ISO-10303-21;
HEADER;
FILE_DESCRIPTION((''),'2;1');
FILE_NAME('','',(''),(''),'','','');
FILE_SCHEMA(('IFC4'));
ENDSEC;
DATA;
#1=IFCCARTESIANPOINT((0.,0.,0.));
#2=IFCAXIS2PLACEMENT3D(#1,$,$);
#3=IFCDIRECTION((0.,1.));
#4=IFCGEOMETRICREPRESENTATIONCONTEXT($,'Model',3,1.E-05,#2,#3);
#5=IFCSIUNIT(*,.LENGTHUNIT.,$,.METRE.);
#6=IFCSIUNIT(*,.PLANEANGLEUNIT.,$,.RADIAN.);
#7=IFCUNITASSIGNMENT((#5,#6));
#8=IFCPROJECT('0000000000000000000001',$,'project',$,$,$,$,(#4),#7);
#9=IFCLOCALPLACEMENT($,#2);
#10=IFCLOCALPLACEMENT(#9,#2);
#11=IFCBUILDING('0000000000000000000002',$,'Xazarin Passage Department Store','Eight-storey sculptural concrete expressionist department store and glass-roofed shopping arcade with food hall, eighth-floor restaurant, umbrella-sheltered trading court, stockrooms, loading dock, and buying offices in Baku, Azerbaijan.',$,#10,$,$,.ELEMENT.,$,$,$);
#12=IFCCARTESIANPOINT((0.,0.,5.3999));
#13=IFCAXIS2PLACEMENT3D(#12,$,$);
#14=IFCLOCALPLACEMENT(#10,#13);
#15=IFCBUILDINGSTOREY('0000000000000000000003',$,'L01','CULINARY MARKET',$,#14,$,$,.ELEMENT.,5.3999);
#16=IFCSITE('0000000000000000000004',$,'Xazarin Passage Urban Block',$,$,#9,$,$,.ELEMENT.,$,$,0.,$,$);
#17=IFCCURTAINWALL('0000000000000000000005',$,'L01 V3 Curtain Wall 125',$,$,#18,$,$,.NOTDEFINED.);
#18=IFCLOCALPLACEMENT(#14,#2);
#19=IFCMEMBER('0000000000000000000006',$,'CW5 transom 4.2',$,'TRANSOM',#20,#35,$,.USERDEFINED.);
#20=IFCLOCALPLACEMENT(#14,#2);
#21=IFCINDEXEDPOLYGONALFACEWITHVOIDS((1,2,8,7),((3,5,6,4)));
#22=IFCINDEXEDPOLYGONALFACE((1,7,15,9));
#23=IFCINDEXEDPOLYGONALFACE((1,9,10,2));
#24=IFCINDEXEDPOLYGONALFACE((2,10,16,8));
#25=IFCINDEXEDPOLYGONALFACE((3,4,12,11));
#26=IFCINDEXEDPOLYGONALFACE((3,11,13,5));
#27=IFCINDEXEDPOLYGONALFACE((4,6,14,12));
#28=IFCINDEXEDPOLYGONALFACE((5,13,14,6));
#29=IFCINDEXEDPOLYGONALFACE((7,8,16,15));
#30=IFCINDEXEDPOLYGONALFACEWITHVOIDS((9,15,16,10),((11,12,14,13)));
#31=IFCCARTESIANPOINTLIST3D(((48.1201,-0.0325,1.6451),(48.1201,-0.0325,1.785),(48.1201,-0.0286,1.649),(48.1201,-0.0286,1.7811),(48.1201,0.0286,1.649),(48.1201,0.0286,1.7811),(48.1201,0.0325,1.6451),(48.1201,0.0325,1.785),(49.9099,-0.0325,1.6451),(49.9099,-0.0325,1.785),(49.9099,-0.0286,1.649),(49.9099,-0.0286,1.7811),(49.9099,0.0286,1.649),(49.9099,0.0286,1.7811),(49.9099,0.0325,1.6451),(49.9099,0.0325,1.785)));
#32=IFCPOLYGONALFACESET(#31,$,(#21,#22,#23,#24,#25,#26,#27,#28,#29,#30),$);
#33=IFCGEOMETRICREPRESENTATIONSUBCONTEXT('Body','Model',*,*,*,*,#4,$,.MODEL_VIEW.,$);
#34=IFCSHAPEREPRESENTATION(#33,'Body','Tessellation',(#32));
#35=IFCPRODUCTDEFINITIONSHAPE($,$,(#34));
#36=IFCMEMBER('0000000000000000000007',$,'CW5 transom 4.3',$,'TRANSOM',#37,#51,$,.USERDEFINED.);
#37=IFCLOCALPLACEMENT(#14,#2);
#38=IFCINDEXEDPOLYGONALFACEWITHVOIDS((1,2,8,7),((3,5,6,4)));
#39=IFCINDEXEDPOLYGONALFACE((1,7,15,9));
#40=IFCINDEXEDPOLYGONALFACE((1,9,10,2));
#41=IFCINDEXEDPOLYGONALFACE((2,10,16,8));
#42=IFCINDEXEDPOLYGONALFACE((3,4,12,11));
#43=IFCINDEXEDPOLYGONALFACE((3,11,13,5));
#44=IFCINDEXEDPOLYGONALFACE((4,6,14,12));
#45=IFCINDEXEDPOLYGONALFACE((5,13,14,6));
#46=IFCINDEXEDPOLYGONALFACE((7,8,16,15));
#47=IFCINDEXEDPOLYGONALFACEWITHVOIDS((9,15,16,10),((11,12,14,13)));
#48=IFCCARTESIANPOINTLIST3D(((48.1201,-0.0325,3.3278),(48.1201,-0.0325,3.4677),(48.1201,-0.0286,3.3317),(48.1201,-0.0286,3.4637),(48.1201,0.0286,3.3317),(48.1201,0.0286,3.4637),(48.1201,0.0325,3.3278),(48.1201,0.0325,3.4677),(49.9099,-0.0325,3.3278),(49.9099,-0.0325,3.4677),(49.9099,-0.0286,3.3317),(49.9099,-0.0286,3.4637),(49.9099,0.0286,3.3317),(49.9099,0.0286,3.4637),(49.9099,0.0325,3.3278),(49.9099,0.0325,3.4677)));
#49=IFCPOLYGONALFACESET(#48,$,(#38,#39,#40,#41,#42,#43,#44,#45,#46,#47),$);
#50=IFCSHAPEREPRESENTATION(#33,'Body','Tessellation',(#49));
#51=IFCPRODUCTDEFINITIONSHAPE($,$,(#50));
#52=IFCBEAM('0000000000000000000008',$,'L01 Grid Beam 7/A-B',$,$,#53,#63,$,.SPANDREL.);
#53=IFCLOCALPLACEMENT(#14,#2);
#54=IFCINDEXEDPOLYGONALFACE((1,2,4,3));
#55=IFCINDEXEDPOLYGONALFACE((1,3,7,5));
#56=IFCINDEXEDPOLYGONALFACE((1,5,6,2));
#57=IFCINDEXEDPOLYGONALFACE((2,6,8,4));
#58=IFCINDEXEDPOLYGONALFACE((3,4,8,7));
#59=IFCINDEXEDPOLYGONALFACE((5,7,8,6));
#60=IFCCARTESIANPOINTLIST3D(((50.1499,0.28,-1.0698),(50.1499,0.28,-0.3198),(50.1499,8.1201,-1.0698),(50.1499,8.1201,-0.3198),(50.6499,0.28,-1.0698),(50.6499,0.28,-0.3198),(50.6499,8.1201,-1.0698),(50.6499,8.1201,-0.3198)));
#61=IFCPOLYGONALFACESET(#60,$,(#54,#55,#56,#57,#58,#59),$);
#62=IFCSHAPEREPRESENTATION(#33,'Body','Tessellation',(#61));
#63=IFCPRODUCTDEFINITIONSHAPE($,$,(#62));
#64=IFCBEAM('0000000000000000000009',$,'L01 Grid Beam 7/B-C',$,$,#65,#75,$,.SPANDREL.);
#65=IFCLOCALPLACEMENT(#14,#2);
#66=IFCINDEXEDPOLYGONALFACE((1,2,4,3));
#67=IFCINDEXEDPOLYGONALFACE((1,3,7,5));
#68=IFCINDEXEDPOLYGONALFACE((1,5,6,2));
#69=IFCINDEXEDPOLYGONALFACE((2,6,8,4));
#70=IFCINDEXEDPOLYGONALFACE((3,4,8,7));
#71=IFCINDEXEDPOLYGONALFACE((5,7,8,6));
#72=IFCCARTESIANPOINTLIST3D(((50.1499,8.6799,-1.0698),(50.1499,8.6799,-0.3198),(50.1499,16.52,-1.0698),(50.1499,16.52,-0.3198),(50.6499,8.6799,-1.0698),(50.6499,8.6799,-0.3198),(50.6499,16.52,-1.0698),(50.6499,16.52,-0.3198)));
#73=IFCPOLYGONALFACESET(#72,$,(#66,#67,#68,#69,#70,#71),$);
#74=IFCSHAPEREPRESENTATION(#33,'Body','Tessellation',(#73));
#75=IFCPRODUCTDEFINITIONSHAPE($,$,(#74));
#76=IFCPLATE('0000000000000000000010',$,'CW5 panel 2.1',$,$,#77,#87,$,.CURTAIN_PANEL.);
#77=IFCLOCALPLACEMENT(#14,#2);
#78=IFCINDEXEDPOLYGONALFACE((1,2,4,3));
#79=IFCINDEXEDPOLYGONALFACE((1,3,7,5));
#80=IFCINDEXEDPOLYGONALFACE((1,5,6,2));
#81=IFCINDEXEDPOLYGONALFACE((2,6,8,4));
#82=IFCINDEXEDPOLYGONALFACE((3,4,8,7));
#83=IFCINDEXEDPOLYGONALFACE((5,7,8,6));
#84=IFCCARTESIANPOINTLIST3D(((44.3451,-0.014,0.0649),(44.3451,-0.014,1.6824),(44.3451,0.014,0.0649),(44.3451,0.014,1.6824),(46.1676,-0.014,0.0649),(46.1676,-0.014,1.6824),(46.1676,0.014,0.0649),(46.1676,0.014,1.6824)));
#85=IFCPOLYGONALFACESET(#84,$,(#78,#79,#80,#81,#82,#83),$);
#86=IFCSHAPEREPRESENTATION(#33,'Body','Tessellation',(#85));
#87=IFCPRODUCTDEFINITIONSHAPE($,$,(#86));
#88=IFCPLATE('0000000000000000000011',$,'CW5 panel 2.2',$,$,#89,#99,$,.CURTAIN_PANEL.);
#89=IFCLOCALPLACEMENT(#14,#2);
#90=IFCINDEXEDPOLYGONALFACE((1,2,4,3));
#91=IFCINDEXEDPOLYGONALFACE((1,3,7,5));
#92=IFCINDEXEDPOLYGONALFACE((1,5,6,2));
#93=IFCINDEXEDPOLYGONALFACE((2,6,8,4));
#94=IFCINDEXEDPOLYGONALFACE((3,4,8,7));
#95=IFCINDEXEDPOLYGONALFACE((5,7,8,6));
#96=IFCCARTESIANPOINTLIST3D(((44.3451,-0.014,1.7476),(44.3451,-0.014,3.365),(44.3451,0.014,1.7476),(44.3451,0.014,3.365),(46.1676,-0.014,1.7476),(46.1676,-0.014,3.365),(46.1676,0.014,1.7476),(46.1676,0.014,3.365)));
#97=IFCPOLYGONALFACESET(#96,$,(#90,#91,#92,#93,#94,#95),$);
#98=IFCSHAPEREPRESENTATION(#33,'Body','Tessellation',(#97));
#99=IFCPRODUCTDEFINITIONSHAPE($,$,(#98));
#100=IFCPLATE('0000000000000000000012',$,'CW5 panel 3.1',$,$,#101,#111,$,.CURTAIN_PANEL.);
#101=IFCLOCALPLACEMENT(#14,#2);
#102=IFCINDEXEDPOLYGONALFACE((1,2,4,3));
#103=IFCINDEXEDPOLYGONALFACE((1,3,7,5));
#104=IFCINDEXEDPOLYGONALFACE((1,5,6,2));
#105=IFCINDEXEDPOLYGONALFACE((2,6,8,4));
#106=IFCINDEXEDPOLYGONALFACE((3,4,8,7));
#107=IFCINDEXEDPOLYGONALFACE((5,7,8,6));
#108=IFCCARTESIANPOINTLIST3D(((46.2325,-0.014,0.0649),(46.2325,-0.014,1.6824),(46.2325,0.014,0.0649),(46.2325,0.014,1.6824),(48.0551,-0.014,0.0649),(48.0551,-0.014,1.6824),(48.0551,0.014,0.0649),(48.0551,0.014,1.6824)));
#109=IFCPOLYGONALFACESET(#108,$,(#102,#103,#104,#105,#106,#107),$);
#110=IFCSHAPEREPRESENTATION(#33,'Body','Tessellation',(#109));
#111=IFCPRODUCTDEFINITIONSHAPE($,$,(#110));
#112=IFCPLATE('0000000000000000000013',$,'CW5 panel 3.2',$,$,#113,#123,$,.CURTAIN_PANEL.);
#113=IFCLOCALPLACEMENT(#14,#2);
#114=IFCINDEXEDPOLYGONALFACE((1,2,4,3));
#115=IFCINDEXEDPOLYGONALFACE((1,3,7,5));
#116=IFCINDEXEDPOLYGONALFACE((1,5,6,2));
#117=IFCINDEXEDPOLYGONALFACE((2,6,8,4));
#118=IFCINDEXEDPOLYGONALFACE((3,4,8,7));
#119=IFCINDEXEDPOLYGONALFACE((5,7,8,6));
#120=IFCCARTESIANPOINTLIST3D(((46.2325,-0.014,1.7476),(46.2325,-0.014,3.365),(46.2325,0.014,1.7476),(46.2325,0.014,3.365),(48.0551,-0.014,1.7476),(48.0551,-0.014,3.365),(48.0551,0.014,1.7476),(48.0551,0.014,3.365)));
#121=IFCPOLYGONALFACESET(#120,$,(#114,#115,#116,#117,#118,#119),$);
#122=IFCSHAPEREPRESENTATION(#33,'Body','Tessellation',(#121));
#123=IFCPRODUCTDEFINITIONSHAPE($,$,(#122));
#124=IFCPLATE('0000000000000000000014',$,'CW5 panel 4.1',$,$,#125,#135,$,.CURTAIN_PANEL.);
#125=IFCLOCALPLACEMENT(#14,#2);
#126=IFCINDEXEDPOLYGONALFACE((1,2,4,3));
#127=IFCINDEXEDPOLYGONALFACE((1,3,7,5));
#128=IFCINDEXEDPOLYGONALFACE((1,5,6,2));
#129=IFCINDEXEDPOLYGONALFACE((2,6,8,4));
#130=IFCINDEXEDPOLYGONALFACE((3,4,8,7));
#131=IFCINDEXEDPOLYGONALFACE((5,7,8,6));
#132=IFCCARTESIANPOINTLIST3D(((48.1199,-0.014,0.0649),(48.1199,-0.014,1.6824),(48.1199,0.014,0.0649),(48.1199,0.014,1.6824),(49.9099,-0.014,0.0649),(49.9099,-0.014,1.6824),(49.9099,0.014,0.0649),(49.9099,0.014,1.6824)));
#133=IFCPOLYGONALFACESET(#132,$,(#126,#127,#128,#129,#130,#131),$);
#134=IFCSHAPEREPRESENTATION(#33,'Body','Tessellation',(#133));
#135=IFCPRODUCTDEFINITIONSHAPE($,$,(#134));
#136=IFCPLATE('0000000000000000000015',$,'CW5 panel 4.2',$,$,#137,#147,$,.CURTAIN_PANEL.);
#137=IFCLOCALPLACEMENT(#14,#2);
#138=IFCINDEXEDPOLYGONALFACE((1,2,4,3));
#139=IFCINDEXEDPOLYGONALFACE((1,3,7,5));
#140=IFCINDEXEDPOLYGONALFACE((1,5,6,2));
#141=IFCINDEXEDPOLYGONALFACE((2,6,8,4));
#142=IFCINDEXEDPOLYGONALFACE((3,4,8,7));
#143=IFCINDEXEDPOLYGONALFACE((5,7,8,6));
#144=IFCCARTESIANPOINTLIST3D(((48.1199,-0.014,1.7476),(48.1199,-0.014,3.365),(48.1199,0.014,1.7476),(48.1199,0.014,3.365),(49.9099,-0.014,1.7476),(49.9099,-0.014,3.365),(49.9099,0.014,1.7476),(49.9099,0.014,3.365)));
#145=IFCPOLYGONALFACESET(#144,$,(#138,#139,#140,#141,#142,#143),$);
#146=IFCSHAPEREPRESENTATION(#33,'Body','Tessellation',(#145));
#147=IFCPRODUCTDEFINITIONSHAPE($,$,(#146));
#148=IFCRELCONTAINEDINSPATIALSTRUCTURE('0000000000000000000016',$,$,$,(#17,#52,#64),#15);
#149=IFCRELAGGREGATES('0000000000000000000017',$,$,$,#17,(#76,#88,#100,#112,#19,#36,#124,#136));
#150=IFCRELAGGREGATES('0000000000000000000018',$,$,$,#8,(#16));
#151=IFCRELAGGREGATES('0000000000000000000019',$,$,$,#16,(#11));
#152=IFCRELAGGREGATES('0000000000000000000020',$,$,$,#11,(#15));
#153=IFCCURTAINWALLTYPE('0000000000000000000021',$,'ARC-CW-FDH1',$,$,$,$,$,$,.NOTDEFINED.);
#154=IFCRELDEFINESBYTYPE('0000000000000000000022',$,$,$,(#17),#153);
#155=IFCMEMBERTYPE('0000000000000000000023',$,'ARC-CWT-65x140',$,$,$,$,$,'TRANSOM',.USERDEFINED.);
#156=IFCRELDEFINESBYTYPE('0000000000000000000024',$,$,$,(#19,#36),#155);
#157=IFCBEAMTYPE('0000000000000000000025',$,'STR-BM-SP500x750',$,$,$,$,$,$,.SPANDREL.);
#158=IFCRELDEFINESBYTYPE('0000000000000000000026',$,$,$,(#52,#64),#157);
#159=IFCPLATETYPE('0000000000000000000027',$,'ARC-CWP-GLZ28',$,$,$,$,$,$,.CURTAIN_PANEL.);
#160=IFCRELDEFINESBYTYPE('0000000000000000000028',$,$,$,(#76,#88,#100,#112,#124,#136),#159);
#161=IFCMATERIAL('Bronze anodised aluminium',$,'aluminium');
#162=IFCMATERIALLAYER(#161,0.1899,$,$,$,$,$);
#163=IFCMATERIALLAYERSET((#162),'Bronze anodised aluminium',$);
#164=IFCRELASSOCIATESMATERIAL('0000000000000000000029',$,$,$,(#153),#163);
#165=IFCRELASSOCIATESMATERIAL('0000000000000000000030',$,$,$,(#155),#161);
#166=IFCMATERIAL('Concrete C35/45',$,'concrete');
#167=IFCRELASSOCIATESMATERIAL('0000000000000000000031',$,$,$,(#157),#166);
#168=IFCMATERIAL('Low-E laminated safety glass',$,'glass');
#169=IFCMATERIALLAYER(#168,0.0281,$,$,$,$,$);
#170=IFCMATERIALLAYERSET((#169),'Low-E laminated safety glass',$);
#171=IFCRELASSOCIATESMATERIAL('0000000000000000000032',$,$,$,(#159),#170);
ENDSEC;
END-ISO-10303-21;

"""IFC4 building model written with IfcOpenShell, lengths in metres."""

from ifc_helpers import new_model, si_unit, direction, frame, origin, origin_2d, place, context, subcontext, project, spatial, rectangle, hollow_rectangle, extrude, material, layer, layer_set, material_profile, profile_set, type_object, element, aggregate, save


model = new_model("IFC4")

# Units and contexts
model_context = context("Model", 3, precision=1e-05, world=origin(), true_north=direction((0.0, 1.0)))
body_context = subcontext(model_context, "Body", "Model", "MODEL_VIEW")
ifc_project = project(units=[si_unit("LENGTHUNIT", "METRE"), si_unit("PLANEANGLEUNIT", "RADIAN")], contexts=[model_context])

# Site, building, storey
site_placement = place(None, origin())
site = spatial("IfcSite", under=ifc_project, at=site_placement, Name="Xazarin Passage Urban Block", CompositionType="ELEMENT", RefElevation=0.0)
building_placement = place(site_placement, origin())
building = spatial("IfcBuilding", under=site, at=building_placement, Name="Xazarin Passage Department Store", Description="Eight-storey sculptural concrete expressionist department store and glass-roofed shopping arcade with food hall, eighth-floor restaurant, umbrella-sheltered trading court, stockrooms, loading dock, and buying offices in Baku, Azerbaijan.", CompositionType="ELEMENT")
storey_placement = place(building_placement, frame((0.0, 0.0, 5.3999)))
storey = spatial("IfcBuildingStorey", under=building, at=storey_placement, Name="L01", Description="CULINARY MARKET", CompositionType="ELEMENT", Elevation=5.3999)

# Curtain wall, members
ifc_material_1 = material(Name="Bronze anodised aluminium", Category="aluminium")
ifc_layer_1 = layer(ifc_material_1, 0.1899)
ifc_layer_set_1 = layer_set([ifc_layer_1], Name="Bronze anodised aluminium")
curtain_wall_type = type_object("IfcCurtainWallType", Name="ARC-CW-FDH1", PredefinedType="NOTDEFINED", material=ifc_layer_set_1)
curtain_wall_placement = place(storey_placement, origin())
curtain_wall = element("IfcCurtainWall", 1, at=curtain_wall_placement, inside=storey, type_object=curtain_wall_type, Name="L01 V3 Curtain Wall 125", PredefinedType="NOTDEFINED")
ifc_material_profile_1 = material_profile(ifc_material_1, hollow_rectangle(XDim=0.0649, YDim=0.1399, WallThickness=0.0039, at=origin_2d()), Name="ALU 65x140")
ifc_profile_set_1 = profile_set([ifc_material_profile_1], Name="Bronze anodised aluminium")
member_type_1 = type_object("IfcMemberType", Name="ARC-CWT-65x140", ElementType="TRANSOM", PredefinedType="USERDEFINED", material=ifc_profile_set_1)
member_1_placement = place(storey_placement, frame((48.1201, 0.0, 1.7151), z_axis=(1.0, 0.0, 0.0), x_axis=(0.0, 1.0, 0.0)))
member_1 = element("IfcMember", 2, at=member_1_placement, type_object=member_type_1, Name="CW5 transom 4.2", ObjectType="TRANSOM", PredefinedType="USERDEFINED", context=body_context, shape_type="SweptSolid", body=[
    extrude(hollow_rectangle(XDim=0.0649, YDim=0.1399, WallThickness=0.0039, at=origin_2d()), origin(), (0.0, 0.0, 1.0), 1.7898),
])
member_2_placement = place(storey_placement, frame((48.1201, 0.0, 3.3977), z_axis=(1.0, 0.0, 0.0), x_axis=(0.0, 1.0, 0.0)))
member_2 = element("IfcMember", 3, at=member_2_placement, type_object=member_type_1, Name="CW5 transom 4.3", ObjectType="TRANSOM", PredefinedType="USERDEFINED", context=body_context, shape_type="SweptSolid", body=[
    extrude(hollow_rectangle(XDim=0.0649, YDim=0.1399, WallThickness=0.0039, at=origin_2d()), origin(), (0.0, 0.0, 1.0), 1.7898),
])

# Beams
ifc_material_2 = material(Name="Concrete C35/45", Category="concrete")
ifc_material_profile_2 = material_profile(ifc_material_2, rectangle(XDim=0.5, YDim=0.75, at=origin_2d()), Name="RC 500x750")
ifc_profile_set_2 = profile_set([ifc_material_profile_2], Name="Concrete C35/45")
beam_type = type_object("IfcBeamType", Name="STR-BM-SP500x750", PredefinedType="SPANDREL", material=ifc_profile_set_2)
for number, where, z_axis, x_axis, name in (
    (4, (50.3999, 0.28, -0.6948), (0.0, 1.0, 0.0), (-1.0, 0.0, 0.0), "L01 Grid Beam 7/A-B"),
    (5, (50.3999, 8.6799, -0.6948), (0.0, 1.0, 0.0), (-1.0, 0.0, 0.0), "L01 Grid Beam 7/B-C"),
):
    element("IfcBeam", number, at=place(storey_placement, frame(where, z_axis=z_axis, x_axis=x_axis)), inside=storey, type_object=beam_type, Name=name, PredefinedType="SPANDREL", context=body_context, shape_type="SweptSolid", body=[
        extrude(rectangle(XDim=0.5, YDim=0.75, at=origin_2d()), origin(), (0.0, 0.0, 1.0), 7.8401),
    ])

# Plates
ifc_material_3 = material(Name="Low-E laminated safety glass", Category="glass")
ifc_layer_2 = layer(ifc_material_3, 0.0281)
ifc_layer_set_2 = layer_set([ifc_layer_2], Name="Low-E laminated safety glass")
plate_type = type_object("IfcPlateType", Name="ARC-CWP-GLZ28", PredefinedType="CURTAIN_PANEL", material=ifc_layer_set_2)
plate_1_placement = place(storey_placement, frame((45.2563, 0.0, 0.0649), z_axis=(0.0, 0.0, 1.0), x_axis=(1.0, 0.0, 0.0)))
plate_1 = element("IfcPlate", 6, at=plate_1_placement, type_object=plate_type, Name="CW5 panel 2.1", PredefinedType="CURTAIN_PANEL", context=body_context, shape_type="SweptSolid", body=[
    extrude(rectangle(XDim=1.8225, YDim=0.0281, at=origin_2d()), origin(), (0.0, 0.0, 1.0), 1.6174),
])
plate_2_placement = place(storey_placement, frame((45.2563, 0.0, 1.7476), z_axis=(0.0, 0.0, 1.0), x_axis=(1.0, 0.0, 0.0)))
plate_2 = element("IfcPlate", 7, at=plate_2_placement, type_object=plate_type, Name="CW5 panel 2.2", PredefinedType="CURTAIN_PANEL", context=body_context, shape_type="SweptSolid", body=[
    extrude(rectangle(XDim=1.8225, YDim=0.0281, at=origin_2d()), origin(), (0.0, 0.0, 1.0), 1.6174),
])
plate_3_placement = place(storey_placement, frame((47.1438, 0.0, 0.0649), z_axis=(0.0, 0.0, 1.0), x_axis=(1.0, 0.0, 0.0)))
plate_3 = element("IfcPlate", 8, at=plate_3_placement, type_object=plate_type, Name="CW5 panel 3.1", PredefinedType="CURTAIN_PANEL", context=body_context, shape_type="SweptSolid", body=[
    extrude(rectangle(XDim=1.8225, YDim=0.0281, at=origin_2d()), origin(), (0.0, 0.0, 1.0), 1.6174),
])
plate_4_placement = place(storey_placement, frame((47.1438, 0.0, 1.7476), z_axis=(0.0, 0.0, 1.0), x_axis=(1.0, 0.0, 0.0)))
plate_4 = element("IfcPlate", 9, at=plate_4_placement, type_object=plate_type, Name="CW5 panel 3.2", PredefinedType="CURTAIN_PANEL", context=body_context, shape_type="SweptSolid", body=[
    extrude(rectangle(XDim=1.8225, YDim=0.0281, at=origin_2d()), origin(), (0.0, 0.0, 1.0), 1.6174),
])
plate_5_placement = place(storey_placement, frame((49.0149, 0.0, 0.0649), z_axis=(0.0, 0.0, 1.0), x_axis=(1.0, 0.0, 0.0)))
plate_5 = element("IfcPlate", 10, at=plate_5_placement, type_object=plate_type, Name="CW5 panel 4.1", PredefinedType="CURTAIN_PANEL", context=body_context, shape_type="SweptSolid", body=[
    extrude(rectangle(XDim=1.79, YDim=0.0281, at=origin_2d()), origin(), (0.0, 0.0, 1.0), 1.6174),
])
plate_6_placement = place(storey_placement, frame((49.0149, 0.0, 1.7476), z_axis=(0.0, 0.0, 1.0), x_axis=(1.0, 0.0, 0.0)))
plate_6 = element("IfcPlate", 11, at=plate_6_placement, type_object=plate_type, Name="CW5 panel 4.2", PredefinedType="CURTAIN_PANEL", context=body_context, shape_type="SweptSolid", body=[
    extrude(rectangle(XDim=1.79, YDim=0.0281, at=origin_2d()), origin(), (0.0, 0.0, 1.0), 1.6174),
])
aggregate(curtain_wall, [plate_1, plate_2, plate_3, plate_4, member_1, member_2, plate_5, plate_6])

save(model, "model.ifc")
